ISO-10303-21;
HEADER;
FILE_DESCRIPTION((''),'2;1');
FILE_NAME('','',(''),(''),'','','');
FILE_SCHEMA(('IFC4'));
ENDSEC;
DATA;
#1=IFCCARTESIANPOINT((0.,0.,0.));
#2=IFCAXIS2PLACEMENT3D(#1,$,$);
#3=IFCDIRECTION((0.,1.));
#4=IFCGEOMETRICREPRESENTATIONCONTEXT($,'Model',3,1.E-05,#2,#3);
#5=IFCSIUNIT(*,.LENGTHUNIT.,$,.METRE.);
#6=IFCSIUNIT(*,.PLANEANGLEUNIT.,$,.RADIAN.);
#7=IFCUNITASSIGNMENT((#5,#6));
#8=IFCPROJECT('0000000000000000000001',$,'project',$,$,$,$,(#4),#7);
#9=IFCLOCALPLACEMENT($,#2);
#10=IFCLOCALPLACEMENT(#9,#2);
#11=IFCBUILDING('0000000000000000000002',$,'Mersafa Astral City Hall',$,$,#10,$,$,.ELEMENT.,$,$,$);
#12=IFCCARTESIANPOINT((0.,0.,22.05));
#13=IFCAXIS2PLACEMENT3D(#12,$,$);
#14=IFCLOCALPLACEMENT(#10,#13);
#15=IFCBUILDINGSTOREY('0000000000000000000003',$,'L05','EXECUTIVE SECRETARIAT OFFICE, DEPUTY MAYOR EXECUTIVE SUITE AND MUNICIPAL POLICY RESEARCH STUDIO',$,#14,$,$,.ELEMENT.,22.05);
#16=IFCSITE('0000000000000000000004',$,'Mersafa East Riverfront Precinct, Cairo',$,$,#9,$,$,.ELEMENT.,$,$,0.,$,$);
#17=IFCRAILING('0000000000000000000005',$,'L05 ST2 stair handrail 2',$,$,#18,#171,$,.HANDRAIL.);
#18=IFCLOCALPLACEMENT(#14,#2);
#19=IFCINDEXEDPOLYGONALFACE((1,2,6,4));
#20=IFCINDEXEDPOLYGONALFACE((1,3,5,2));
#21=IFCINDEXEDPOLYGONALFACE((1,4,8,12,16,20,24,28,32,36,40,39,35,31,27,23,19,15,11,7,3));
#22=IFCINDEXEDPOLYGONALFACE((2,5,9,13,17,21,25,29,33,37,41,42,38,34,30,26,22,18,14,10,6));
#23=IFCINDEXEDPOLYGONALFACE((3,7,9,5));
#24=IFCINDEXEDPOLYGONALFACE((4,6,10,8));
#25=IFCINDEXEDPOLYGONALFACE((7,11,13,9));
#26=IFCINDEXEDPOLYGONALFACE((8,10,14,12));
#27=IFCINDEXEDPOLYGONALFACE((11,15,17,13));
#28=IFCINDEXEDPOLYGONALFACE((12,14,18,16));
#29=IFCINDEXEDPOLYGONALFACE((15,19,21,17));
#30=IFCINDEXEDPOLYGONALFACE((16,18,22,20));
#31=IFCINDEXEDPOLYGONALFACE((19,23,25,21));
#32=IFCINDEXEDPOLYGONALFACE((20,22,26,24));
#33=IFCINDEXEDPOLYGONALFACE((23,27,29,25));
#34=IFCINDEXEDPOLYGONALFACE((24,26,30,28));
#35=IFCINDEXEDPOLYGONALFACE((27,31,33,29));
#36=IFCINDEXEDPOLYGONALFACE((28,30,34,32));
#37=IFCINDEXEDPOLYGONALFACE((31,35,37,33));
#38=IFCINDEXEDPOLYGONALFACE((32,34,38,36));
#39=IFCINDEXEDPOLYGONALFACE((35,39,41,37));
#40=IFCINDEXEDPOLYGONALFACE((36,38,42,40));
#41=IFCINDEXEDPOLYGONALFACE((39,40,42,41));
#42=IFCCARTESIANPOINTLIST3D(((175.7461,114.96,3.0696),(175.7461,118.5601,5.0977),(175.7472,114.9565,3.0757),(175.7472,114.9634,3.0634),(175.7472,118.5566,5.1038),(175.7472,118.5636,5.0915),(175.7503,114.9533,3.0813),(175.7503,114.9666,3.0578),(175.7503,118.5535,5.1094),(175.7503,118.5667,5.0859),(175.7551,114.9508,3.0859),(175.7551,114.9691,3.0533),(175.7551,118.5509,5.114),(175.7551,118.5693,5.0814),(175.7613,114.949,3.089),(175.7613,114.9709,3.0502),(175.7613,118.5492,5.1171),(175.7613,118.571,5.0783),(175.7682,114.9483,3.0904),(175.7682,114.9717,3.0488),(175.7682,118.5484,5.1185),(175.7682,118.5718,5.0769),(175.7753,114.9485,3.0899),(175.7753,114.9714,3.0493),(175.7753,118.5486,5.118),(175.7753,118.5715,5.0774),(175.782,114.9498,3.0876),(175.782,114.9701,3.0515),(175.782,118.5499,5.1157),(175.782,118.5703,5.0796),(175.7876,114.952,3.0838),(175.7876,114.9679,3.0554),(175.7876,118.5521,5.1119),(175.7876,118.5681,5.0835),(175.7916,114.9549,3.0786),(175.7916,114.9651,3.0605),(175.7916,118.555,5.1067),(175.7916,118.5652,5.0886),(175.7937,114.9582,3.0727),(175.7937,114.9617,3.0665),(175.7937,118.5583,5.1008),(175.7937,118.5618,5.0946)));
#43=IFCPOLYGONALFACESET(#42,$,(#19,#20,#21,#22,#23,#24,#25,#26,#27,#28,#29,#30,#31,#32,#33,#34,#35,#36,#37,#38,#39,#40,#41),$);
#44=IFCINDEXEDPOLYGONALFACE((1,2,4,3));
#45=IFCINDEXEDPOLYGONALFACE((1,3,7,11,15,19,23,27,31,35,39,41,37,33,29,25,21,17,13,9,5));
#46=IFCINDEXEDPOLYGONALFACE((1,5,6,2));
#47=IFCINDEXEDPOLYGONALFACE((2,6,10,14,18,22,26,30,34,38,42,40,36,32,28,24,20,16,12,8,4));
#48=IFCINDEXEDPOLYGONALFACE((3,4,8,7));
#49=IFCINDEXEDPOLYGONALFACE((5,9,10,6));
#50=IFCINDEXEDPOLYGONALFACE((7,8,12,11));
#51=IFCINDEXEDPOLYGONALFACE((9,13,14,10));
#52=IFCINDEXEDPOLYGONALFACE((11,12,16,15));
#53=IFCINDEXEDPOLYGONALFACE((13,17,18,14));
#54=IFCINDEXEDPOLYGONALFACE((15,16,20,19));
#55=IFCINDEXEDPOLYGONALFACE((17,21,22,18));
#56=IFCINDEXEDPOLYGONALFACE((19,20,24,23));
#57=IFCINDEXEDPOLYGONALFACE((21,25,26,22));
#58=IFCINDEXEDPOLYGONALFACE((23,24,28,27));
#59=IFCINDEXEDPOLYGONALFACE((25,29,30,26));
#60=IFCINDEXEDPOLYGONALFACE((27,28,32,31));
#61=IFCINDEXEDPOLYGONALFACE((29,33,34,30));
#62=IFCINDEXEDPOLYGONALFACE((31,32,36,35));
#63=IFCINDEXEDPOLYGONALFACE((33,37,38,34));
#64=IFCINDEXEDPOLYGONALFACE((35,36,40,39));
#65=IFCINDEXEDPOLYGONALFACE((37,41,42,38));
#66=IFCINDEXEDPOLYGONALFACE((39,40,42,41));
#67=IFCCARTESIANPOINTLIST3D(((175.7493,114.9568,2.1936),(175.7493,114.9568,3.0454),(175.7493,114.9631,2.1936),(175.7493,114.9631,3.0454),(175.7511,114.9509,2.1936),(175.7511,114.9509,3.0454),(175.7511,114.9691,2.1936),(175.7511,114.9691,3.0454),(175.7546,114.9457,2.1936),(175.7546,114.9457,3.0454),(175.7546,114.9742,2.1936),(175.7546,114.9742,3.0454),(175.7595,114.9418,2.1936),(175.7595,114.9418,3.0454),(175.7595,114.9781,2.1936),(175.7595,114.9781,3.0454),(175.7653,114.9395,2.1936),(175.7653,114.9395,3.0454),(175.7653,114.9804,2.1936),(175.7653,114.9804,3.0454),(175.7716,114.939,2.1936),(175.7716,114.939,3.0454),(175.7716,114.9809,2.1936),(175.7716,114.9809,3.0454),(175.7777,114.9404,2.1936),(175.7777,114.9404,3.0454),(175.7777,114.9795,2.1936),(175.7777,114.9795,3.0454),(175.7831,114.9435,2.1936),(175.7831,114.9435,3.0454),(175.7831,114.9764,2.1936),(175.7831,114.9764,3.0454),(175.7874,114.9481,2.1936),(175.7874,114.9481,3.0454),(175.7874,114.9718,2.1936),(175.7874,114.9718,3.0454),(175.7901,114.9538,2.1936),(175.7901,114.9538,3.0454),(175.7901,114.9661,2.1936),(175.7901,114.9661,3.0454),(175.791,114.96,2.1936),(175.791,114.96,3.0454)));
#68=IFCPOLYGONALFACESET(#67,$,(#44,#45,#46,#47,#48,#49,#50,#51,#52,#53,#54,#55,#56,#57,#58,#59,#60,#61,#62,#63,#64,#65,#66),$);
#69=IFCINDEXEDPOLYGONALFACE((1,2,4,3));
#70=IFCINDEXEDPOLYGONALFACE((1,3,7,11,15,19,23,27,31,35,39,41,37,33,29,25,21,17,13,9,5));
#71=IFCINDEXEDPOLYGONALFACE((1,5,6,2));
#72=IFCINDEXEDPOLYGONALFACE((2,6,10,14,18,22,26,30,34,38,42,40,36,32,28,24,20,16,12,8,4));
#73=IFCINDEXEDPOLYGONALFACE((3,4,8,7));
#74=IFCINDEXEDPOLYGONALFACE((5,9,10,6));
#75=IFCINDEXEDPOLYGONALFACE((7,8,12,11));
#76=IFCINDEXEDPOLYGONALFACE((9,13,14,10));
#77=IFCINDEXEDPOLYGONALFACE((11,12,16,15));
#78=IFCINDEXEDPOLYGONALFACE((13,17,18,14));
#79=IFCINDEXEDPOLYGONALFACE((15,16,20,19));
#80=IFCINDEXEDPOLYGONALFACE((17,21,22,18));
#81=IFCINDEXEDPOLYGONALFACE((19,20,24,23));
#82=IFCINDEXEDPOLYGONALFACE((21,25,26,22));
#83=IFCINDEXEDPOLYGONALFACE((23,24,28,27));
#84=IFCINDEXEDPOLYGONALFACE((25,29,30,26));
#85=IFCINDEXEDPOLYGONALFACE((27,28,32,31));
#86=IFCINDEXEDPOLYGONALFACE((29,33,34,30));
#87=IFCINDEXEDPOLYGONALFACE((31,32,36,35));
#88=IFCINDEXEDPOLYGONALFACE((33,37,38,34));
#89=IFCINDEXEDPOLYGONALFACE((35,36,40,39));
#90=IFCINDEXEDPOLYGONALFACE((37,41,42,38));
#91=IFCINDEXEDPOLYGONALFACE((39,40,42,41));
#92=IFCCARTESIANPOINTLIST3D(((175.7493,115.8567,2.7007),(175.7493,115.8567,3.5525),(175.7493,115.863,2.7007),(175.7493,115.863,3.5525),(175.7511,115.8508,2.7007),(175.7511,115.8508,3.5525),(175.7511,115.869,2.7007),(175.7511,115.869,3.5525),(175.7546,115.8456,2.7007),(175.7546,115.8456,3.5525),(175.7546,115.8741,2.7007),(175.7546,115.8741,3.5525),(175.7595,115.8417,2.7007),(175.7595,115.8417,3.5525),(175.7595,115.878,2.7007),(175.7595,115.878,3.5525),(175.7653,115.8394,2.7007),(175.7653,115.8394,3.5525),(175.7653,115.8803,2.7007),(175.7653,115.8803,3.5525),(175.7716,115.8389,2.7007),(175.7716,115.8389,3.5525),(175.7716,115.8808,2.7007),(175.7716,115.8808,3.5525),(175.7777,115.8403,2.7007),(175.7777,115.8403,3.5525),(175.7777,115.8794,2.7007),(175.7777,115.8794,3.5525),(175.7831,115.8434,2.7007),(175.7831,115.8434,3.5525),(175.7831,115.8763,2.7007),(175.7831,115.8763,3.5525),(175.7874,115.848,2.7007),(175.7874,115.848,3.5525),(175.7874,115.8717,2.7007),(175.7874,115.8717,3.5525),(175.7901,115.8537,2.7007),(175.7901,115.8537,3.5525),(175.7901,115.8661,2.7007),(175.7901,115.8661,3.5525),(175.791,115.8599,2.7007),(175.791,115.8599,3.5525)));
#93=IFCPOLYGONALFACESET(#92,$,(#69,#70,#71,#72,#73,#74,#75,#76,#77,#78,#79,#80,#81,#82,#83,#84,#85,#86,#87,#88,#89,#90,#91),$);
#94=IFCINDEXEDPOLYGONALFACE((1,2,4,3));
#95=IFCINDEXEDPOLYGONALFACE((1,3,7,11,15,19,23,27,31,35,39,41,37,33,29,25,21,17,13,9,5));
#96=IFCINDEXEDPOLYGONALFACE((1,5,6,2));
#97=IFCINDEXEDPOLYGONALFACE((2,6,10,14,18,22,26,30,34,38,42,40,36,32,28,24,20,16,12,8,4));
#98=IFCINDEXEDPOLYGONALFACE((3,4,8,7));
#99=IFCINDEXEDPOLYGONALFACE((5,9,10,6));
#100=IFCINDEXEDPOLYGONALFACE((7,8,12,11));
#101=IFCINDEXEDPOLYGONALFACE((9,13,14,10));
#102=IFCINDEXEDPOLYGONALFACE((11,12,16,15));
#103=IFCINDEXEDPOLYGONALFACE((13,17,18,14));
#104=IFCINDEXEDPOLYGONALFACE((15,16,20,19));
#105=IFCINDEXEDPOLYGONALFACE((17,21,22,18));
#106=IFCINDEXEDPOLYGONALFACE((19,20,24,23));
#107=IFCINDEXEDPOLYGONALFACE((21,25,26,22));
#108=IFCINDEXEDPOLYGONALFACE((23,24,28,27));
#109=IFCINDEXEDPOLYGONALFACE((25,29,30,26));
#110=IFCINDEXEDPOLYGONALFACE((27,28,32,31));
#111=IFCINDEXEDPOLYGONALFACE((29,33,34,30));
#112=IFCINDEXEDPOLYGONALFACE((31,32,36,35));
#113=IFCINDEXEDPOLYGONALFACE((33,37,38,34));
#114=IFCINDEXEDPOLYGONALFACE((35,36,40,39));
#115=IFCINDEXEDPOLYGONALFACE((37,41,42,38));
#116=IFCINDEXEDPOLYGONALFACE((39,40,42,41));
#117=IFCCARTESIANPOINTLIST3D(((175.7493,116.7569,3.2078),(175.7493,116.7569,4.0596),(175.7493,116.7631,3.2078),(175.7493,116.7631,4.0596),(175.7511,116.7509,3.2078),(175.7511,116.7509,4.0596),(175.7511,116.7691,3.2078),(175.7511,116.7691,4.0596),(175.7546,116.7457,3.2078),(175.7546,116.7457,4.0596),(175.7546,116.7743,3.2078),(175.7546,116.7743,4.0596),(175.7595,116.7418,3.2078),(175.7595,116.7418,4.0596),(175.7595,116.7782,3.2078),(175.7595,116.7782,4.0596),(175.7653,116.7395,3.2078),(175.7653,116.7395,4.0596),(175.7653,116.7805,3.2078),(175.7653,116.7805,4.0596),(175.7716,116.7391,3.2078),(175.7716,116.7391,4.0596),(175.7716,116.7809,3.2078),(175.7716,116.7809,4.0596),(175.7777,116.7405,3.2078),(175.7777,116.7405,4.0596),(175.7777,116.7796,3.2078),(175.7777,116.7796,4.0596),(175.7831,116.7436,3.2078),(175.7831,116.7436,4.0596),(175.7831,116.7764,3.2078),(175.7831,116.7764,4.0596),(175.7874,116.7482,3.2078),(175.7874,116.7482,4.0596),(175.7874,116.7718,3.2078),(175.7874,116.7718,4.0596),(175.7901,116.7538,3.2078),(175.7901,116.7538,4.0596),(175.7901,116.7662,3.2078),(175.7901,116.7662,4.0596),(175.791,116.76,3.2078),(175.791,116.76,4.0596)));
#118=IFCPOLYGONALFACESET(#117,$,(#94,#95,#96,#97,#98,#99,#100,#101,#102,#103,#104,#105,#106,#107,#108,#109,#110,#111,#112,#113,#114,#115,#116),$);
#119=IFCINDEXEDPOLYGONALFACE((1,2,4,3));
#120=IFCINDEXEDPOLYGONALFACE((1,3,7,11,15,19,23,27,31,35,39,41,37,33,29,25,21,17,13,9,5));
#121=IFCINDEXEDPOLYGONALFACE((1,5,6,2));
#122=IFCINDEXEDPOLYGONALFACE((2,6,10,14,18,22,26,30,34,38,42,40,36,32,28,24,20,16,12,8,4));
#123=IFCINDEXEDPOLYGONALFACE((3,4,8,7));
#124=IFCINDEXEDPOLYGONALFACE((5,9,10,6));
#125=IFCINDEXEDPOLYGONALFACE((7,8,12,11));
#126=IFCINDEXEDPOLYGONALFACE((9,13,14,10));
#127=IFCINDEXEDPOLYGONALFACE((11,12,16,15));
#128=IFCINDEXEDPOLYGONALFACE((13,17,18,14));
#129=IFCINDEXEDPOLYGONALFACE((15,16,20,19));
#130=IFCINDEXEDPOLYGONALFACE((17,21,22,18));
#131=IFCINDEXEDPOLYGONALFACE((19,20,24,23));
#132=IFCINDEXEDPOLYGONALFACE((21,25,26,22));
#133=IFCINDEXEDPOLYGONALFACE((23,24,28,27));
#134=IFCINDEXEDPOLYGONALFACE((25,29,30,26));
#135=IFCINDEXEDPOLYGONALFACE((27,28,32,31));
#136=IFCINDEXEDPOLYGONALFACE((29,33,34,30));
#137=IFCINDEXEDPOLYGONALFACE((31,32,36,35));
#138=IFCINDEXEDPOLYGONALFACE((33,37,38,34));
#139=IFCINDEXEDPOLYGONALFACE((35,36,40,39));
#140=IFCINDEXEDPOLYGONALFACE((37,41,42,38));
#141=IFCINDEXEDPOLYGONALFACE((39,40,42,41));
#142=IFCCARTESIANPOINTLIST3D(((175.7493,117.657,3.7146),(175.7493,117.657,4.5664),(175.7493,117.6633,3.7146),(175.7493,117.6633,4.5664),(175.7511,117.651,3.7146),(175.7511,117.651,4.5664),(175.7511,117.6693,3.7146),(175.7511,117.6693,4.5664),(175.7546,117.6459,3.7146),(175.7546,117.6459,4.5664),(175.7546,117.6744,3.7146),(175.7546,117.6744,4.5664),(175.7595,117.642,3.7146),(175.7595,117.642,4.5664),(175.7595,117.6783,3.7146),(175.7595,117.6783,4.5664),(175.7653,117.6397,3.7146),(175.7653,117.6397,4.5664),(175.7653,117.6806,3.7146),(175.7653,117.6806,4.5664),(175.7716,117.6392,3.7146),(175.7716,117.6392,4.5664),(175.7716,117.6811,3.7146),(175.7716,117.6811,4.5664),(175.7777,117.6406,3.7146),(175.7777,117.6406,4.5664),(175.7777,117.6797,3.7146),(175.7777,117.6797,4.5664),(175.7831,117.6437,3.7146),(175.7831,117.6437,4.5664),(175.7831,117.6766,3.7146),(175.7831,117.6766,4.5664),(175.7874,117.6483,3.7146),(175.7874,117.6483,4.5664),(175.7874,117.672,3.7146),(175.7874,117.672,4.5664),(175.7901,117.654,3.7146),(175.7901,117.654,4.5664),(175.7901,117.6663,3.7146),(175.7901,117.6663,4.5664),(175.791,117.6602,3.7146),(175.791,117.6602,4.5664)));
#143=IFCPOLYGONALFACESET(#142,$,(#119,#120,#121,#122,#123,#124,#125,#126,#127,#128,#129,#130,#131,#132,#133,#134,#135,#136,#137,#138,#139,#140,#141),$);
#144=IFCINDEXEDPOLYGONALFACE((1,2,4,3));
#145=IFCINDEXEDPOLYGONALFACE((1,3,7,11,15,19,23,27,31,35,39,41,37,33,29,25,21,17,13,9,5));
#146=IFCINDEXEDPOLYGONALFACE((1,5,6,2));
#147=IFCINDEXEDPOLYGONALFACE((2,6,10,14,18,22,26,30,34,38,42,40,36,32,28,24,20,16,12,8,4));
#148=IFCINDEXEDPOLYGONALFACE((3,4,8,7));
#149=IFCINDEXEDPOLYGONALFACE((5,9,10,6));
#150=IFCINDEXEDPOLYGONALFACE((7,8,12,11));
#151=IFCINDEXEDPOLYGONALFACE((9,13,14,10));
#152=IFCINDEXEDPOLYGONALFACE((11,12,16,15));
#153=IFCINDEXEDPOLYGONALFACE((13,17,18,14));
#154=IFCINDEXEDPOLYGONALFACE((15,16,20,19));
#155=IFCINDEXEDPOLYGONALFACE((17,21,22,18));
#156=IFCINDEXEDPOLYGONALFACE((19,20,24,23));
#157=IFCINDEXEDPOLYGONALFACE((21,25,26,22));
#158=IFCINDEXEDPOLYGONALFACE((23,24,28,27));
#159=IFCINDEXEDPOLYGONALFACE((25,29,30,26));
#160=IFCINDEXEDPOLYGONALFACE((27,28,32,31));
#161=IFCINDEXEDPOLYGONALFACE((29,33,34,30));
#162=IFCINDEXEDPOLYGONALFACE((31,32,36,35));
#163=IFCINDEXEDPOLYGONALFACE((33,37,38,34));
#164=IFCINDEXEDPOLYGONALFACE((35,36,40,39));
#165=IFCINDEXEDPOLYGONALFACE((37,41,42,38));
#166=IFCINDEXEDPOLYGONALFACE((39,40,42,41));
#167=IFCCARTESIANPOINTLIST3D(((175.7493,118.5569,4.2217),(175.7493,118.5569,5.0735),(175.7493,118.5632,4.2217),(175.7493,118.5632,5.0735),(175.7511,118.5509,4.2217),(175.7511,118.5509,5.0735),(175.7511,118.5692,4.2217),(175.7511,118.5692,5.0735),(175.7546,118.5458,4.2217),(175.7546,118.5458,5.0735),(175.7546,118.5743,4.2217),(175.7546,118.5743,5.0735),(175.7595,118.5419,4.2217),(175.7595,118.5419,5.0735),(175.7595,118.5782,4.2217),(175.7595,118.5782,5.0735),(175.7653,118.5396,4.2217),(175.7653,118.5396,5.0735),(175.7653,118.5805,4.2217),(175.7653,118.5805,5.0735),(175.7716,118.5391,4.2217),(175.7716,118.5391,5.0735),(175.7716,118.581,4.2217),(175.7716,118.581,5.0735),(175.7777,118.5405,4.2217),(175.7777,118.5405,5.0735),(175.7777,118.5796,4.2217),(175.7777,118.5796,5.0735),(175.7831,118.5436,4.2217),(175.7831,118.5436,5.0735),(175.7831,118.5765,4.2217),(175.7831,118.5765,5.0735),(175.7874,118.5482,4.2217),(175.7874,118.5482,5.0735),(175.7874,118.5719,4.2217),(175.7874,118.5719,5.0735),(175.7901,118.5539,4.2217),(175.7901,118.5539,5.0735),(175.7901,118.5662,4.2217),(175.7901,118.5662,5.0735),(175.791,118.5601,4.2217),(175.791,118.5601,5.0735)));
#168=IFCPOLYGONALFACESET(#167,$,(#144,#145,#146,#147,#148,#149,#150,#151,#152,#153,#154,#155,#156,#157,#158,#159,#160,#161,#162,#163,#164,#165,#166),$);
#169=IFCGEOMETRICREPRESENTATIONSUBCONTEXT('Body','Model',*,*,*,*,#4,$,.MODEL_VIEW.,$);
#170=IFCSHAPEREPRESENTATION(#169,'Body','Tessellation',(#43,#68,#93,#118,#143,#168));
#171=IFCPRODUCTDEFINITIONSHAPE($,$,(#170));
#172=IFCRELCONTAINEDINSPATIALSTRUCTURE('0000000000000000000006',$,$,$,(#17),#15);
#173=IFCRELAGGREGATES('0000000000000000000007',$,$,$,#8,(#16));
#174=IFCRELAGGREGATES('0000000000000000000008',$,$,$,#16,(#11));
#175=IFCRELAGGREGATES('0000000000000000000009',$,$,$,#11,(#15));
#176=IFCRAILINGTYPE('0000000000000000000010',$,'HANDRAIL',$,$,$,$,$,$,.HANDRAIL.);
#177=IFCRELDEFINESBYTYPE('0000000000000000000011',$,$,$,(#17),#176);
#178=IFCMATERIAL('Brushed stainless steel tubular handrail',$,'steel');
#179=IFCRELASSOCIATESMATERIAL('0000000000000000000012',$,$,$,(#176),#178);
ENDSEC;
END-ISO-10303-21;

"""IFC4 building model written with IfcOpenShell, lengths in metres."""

from ifc_helpers import new_model, si_unit, direction, frame, origin, origin_2d, place, context, subcontext, project, spatial, circle, extrude, material, type_object, element, save


model = new_model("IFC4")

# Units and contexts
model_context = context("Model", 3, precision=1e-05, world=origin(), true_north=direction((0.0, 1.0)))
body_context = subcontext(model_context, "Body", "Model", "MODEL_VIEW")
ifc_project = project(units=[si_unit("LENGTHUNIT", "METRE"), si_unit("PLANEANGLEUNIT", "RADIAN")], contexts=[model_context])

# Site, building, storey
site_placement = place(None, origin())
site = spatial("IfcSite", under=ifc_project, at=site_placement, Name="Mersafa East Riverfront Precinct, Cairo", CompositionType="ELEMENT", RefElevation=0.0)
building_placement = place(site_placement, origin())
building = spatial("IfcBuilding", under=site, at=building_placement, Name="Mersafa Astral City Hall", CompositionType="ELEMENT")
storey_placement = place(building_placement, frame((0.0, 0.0, 22.05)))
storey = spatial("IfcBuildingStorey", under=building, at=storey_placement, Name="L05", Description="EXECUTIVE SECRETARIAT OFFICE, DEPUTY MAYOR EXECUTIVE SUITE AND MUNICIPAL POLICY RESEARCH STUDIO", CompositionType="ELEMENT", Elevation=22.05)

# Railing
ifc_material_1 = material(Name="Brushed stainless steel tubular handrail", Category="steel")
railing_type_1 = type_object("IfcRailingType", Name="HANDRAIL", PredefinedType="HANDRAIL", material=ifc_material_1)
railing_1_placement = place(storey_placement, frame((175.77, 114.96, 2.1936)))
element("IfcRailing", 1, at=railing_1_placement, inside=storey, type_object=railing_type_1, Name="L05 ST2 stair handrail 2", PredefinedType="HANDRAIL", context=body_context, shape_type="SweptSolid", body=[
    extrude(circle(Radius=0.0239, at=origin_2d()), frame((0.0, 0.0, 0.876), z_axis=(0.0, 0.871263, 0.490817), x_axis=(-1.0, 0.0, 0.0)), (0.0, 0.0, 1.0), 4.1321),
    extrude(circle(Radius=0.021, at=origin_2d()), origin(), (0.0, 0.0, 1.0), 0.8518),
    extrude(circle(Radius=0.021, at=origin_2d()), frame((0.0, 0.8999, 0.5071)), (0.0, 0.0, 1.0), 0.8518),
    extrude(circle(Radius=0.021, at=origin_2d()), frame((0.0, 1.8, 1.0142)), (0.0, 0.0, 1.0), 0.8518),
    extrude(circle(Radius=0.021, at=origin_2d()), frame((0.0, 2.7002, 1.521)), (0.0, 0.0, 1.0), 0.8518),
    extrude(circle(Radius=0.021, at=origin_2d()), frame((0.0, 3.6001, 2.0281)), (0.0, 0.0, 1.0), 0.8518),
])

save(model, "model.ifc")
